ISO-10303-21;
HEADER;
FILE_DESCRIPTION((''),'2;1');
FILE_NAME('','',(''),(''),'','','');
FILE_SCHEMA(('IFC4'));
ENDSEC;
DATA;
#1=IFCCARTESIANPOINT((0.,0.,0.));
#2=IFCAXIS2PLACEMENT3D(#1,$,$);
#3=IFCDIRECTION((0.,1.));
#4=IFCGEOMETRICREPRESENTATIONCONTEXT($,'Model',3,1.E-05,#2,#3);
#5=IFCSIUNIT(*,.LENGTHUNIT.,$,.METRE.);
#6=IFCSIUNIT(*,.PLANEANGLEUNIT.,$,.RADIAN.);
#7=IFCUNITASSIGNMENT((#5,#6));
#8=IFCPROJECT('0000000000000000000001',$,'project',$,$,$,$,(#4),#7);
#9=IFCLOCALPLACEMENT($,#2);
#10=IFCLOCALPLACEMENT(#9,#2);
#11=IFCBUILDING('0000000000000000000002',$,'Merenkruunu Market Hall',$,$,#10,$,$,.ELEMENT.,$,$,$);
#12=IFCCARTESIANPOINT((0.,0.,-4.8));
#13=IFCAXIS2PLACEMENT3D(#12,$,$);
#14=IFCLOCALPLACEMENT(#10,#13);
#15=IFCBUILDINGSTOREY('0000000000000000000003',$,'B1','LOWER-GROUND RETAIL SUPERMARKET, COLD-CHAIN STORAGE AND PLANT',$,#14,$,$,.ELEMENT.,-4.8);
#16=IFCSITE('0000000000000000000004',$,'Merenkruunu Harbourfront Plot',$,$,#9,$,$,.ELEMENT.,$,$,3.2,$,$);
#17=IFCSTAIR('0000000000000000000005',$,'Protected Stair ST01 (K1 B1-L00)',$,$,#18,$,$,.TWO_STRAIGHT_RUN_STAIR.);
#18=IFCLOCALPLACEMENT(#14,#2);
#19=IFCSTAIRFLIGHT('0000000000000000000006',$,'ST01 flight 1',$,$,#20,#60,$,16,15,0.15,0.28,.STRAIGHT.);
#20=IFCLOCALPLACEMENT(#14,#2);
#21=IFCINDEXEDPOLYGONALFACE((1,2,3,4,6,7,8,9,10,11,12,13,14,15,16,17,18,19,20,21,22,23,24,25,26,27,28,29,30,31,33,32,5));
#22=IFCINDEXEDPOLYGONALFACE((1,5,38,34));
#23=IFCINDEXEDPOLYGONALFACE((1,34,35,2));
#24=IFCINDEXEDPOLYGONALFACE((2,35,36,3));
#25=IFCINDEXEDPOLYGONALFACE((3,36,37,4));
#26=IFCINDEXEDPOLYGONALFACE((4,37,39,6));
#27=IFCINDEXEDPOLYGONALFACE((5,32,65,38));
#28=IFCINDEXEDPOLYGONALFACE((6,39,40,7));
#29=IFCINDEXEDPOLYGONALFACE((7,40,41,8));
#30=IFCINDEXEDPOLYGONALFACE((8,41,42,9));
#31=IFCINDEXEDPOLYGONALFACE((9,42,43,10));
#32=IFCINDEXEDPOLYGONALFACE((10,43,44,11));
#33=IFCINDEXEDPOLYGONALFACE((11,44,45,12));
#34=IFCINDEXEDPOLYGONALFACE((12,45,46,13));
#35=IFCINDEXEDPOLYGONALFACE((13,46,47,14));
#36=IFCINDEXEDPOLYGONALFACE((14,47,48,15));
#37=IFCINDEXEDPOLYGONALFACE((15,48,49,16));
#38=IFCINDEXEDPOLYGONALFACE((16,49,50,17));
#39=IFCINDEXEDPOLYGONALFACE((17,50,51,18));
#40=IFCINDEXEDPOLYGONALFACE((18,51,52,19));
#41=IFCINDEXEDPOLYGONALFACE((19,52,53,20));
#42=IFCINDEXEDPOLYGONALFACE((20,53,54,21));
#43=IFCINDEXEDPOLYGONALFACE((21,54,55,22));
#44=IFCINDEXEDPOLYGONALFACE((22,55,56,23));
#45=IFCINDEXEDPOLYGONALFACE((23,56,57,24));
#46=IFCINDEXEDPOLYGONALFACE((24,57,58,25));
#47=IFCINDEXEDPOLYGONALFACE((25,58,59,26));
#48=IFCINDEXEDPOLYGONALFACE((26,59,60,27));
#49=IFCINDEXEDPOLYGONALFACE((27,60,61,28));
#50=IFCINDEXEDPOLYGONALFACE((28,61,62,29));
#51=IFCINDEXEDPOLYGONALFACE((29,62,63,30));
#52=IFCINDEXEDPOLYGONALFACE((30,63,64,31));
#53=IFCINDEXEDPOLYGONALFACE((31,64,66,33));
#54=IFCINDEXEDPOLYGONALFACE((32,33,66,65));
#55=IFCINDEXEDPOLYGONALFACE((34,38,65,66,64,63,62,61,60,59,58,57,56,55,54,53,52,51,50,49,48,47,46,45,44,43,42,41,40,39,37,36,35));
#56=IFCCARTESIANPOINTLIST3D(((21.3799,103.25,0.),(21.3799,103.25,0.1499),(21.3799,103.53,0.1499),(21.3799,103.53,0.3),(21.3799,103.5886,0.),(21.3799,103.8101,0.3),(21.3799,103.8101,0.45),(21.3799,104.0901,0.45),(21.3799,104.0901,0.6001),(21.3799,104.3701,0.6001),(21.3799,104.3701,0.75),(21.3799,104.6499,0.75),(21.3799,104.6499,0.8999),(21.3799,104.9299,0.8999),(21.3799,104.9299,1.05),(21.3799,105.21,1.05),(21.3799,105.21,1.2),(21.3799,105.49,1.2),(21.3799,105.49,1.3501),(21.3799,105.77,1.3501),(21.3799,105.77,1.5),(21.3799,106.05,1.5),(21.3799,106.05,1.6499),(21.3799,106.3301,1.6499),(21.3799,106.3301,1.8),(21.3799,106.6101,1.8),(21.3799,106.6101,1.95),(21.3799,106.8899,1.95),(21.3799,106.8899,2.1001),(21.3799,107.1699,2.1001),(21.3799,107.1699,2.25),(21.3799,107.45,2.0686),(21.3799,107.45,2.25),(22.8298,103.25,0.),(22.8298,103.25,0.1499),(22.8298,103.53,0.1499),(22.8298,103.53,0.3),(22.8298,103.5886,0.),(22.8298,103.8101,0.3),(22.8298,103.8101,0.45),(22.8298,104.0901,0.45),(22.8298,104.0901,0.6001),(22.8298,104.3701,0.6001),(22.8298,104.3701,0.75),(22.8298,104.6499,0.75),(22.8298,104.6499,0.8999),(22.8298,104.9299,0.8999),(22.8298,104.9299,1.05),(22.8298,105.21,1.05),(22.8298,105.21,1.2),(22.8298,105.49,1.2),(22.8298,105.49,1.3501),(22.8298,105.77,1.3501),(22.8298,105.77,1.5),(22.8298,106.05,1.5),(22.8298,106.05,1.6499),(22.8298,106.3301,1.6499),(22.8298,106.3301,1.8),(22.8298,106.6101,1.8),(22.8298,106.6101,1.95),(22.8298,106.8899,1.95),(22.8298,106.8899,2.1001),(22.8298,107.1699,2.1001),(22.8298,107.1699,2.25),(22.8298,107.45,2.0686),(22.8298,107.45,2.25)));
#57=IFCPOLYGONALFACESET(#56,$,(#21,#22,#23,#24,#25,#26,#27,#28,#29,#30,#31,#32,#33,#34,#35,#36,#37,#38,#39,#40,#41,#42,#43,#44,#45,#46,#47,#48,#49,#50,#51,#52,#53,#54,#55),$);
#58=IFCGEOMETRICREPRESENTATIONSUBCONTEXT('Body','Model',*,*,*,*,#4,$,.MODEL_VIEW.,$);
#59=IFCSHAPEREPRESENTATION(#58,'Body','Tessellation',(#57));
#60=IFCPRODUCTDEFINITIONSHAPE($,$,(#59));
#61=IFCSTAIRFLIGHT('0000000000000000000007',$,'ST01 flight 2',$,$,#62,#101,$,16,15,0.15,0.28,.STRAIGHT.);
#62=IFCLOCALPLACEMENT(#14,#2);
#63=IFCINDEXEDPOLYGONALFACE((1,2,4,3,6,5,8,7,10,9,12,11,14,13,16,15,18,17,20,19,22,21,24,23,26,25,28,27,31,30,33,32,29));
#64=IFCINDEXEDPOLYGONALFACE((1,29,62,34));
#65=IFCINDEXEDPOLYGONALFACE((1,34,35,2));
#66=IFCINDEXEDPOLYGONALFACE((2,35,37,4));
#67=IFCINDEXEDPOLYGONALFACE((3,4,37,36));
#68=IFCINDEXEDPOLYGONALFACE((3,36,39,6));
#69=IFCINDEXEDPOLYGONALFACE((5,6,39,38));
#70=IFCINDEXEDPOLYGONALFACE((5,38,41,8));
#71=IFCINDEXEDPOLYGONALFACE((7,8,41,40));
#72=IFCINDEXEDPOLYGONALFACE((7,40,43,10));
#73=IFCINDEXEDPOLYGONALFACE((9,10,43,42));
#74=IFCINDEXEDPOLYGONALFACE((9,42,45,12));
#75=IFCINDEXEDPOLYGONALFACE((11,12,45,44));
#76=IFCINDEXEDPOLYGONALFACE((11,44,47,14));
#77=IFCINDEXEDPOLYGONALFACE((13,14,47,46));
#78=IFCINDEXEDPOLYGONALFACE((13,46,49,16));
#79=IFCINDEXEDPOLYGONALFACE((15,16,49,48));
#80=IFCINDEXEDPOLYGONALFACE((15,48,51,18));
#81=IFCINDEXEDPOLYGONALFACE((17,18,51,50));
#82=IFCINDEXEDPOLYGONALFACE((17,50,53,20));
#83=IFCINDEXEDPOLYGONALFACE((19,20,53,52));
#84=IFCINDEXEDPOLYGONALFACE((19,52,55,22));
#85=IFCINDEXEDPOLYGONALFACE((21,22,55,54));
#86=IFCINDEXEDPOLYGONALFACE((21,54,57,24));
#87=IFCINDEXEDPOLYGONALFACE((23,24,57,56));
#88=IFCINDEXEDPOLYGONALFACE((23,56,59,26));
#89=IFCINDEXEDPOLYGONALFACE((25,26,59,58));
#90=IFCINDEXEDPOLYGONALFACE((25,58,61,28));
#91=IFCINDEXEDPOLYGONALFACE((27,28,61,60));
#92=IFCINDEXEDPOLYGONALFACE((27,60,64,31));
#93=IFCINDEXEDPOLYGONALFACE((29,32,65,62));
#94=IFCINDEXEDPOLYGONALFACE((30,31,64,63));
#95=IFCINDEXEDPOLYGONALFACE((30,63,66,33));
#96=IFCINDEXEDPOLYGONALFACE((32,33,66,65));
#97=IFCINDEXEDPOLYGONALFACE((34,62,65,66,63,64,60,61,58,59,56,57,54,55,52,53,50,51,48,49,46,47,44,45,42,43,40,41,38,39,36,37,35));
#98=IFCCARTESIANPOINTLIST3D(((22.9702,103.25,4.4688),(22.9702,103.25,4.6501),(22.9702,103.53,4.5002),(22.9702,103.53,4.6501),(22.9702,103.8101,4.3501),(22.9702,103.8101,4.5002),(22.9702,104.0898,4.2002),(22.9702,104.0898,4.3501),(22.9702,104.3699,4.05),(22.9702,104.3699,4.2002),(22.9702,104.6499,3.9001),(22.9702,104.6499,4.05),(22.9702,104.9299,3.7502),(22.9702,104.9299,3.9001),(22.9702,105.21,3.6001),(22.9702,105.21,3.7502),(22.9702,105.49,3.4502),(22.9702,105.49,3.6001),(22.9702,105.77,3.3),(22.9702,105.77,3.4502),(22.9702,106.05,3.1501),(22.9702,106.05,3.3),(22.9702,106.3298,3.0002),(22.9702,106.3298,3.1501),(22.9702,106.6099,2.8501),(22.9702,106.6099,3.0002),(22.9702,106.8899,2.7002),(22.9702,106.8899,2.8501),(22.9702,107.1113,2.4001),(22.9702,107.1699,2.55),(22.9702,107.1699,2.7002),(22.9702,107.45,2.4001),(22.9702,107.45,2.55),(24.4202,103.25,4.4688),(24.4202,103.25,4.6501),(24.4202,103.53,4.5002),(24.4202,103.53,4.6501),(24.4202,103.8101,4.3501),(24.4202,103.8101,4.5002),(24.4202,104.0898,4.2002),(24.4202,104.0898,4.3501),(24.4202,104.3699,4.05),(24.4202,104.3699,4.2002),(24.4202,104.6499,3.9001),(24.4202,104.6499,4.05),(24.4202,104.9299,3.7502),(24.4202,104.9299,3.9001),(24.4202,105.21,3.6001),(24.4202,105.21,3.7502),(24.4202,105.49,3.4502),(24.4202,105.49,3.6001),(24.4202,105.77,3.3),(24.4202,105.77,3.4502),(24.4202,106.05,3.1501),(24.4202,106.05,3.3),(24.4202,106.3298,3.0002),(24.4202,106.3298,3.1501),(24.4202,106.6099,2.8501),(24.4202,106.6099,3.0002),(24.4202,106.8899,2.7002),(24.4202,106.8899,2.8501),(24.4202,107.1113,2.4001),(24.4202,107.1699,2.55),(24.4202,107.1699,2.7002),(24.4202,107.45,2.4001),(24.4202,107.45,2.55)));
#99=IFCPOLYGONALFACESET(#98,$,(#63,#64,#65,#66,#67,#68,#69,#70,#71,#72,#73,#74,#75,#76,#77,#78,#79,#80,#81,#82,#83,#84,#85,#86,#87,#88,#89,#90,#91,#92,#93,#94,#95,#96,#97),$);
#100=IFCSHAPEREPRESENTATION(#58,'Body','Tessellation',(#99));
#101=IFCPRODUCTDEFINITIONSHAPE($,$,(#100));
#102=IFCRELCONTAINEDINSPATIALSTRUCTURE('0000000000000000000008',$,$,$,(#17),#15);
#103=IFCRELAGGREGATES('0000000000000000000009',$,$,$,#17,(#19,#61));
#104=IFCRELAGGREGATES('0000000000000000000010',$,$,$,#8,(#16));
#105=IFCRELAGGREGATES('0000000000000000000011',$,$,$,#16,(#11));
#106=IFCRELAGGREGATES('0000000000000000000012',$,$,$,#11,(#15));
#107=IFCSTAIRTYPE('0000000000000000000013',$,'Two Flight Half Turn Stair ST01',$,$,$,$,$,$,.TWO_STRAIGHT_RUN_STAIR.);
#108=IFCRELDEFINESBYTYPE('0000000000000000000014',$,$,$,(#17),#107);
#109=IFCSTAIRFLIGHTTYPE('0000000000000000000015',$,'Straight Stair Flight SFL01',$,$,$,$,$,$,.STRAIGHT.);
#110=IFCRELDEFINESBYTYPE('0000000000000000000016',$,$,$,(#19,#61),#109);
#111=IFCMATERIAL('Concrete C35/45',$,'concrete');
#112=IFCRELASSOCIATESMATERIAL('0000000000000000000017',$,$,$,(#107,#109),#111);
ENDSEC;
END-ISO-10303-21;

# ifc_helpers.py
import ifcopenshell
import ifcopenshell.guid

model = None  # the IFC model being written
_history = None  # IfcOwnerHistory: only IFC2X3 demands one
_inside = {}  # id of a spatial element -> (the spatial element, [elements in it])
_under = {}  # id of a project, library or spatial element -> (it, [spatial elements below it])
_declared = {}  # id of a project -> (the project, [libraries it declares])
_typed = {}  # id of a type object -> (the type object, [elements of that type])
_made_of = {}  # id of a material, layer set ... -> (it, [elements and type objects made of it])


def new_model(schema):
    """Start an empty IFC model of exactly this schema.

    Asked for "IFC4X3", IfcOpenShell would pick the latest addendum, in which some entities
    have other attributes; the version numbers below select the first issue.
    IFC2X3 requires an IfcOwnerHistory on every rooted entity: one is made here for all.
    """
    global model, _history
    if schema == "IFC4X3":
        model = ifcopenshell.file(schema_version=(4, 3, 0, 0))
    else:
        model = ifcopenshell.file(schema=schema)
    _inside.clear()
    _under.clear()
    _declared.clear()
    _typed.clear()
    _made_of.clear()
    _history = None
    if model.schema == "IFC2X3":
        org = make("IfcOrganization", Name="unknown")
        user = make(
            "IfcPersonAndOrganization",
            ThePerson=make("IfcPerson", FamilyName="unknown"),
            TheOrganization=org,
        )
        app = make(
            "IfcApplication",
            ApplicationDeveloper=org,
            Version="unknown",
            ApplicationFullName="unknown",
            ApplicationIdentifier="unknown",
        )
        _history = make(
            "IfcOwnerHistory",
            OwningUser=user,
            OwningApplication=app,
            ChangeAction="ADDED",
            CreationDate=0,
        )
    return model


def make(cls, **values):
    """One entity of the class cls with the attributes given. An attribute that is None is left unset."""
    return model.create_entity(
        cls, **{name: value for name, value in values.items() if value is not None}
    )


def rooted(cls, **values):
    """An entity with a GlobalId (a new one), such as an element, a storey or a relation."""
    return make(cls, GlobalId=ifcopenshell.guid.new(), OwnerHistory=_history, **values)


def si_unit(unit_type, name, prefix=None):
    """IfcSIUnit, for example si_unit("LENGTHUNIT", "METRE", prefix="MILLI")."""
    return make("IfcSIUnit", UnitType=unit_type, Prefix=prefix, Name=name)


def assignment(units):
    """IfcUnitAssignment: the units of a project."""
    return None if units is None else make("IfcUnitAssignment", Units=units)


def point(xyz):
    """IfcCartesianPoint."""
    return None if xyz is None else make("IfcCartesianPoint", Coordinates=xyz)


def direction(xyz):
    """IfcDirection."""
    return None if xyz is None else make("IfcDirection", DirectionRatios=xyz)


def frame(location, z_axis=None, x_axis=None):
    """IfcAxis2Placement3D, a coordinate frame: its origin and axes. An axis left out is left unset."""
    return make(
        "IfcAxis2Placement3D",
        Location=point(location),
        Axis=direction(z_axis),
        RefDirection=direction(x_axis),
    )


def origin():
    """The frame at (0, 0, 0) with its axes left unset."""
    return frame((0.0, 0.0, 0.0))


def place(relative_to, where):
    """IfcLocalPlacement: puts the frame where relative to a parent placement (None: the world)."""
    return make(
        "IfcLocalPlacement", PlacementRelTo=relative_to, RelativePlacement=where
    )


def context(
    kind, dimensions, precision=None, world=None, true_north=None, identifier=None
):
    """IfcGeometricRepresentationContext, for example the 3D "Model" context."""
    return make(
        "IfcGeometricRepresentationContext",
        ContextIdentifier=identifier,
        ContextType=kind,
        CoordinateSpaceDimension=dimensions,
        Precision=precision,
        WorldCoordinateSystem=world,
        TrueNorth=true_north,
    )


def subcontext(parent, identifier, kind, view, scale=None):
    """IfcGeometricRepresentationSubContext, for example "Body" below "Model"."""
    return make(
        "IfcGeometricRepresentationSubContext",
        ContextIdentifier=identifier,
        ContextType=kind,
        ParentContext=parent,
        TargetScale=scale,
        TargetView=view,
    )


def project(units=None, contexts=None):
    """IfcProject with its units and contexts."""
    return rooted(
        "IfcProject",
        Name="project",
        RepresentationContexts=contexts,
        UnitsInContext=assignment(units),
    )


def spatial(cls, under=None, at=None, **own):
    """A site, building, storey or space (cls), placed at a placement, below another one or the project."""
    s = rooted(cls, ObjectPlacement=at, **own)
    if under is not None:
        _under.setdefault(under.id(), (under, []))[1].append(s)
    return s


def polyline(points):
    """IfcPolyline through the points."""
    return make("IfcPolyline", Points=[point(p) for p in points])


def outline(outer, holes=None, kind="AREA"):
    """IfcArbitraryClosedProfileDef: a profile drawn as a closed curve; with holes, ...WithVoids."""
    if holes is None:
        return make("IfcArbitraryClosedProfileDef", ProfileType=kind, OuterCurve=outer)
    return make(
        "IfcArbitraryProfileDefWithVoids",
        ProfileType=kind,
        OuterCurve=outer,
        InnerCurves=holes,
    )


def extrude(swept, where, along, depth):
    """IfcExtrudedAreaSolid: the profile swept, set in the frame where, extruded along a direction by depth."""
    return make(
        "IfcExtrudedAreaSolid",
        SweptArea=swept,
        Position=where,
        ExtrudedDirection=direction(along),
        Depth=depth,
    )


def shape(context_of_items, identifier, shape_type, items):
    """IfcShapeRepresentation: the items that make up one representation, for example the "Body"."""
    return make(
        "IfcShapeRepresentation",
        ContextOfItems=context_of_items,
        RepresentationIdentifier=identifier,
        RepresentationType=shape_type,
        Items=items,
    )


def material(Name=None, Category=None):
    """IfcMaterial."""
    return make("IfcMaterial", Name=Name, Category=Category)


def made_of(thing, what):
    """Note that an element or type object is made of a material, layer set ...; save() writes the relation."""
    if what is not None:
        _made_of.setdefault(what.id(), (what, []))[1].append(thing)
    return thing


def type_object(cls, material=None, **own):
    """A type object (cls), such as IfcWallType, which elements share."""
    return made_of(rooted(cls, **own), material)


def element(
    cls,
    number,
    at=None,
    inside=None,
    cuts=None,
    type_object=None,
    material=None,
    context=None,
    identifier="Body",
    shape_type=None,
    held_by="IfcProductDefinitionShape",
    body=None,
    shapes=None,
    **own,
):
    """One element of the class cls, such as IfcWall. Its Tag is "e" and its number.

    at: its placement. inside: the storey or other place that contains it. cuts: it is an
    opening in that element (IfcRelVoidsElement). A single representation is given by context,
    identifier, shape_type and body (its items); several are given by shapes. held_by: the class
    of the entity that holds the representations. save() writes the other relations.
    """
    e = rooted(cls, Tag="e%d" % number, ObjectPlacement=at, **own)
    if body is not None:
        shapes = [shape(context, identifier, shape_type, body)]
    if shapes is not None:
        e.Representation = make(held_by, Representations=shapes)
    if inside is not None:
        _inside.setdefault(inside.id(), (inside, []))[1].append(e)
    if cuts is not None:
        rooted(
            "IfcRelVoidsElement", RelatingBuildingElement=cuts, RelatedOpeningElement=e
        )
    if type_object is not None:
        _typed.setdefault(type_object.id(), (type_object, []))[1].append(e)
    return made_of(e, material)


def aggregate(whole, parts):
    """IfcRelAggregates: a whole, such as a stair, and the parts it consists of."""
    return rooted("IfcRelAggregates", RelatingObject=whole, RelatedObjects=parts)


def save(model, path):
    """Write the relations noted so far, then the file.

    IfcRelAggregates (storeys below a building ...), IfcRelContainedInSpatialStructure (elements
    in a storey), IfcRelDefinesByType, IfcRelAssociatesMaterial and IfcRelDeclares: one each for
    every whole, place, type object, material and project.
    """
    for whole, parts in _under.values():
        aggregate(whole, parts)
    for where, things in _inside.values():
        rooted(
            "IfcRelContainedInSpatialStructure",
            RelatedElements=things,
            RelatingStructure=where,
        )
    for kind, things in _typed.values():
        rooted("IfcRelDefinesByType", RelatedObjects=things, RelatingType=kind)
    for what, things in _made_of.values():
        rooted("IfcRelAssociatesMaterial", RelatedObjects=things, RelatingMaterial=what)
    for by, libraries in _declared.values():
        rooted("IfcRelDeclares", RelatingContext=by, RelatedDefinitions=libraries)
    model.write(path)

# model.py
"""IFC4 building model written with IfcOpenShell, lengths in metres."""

from ifc_helpers import new_model, si_unit, direction, frame, origin, place, context, subcontext, project, spatial, polyline, outline, extrude, material, type_object, element, aggregate, save


model = new_model("IFC4")

# Units and contexts
model_context = context("Model", 3, precision=1e-05, world=origin(), true_north=direction((0.0, 1.0)))
body_context = subcontext(model_context, "Body", "Model", "MODEL_VIEW")
ifc_project = project(units=[si_unit("LENGTHUNIT", "METRE"), si_unit("PLANEANGLEUNIT", "RADIAN")], contexts=[model_context])

# Site, building, storey
site_placement = place(None, origin())
site = spatial("IfcSite", under=ifc_project, at=site_placement, Name="Merenkruunu Harbourfront Plot", CompositionType="ELEMENT", RefElevation=3.2)
building_placement = place(site_placement, origin())
building = spatial("IfcBuilding", under=site, at=building_placement, Name="Merenkruunu Market Hall", CompositionType="ELEMENT")
storey_placement = place(building_placement, frame((0.0, 0.0, -4.8)))
storey = spatial("IfcBuildingStorey", under=building, at=storey_placement, Name="B1", Description="LOWER-GROUND RETAIL SUPERMARKET, COLD-CHAIN STORAGE AND PLANT", CompositionType="ELEMENT", Elevation=-4.8)

# Shared definitions
ifc_material_1 = material(Name="Concrete C35/45", Category="concrete")

# Stair, stair flights
stair_type = type_object("IfcStairType", Name="Two Flight Half Turn Stair ST01", PredefinedType="TWO_STRAIGHT_RUN_STAIR", material=ifc_material_1)
stair_placement = place(storey_placement, origin())
stair = element("IfcStair", 1, at=stair_placement, inside=storey, type_object=stair_type, Name="Protected Stair ST01 (K1 B1-L00)", PredefinedType="TWO_STRAIGHT_RUN_STAIR")
stair_flight_type = type_object("IfcStairFlightType", Name="Straight Stair Flight SFL01", PredefinedType="STRAIGHT", material=ifc_material_1)
stair_flight_1_placement = place(storey_placement, frame((22.105, 103.25, 0.0), z_axis=(0.0, 0.0, 1.0), x_axis=(0.0, 1.0, 0.0)))
stair_flight_1 = element("IfcStairFlight", 2, at=stair_flight_1_placement, type_object=stair_flight_type, Name="ST01 flight 1", NumberOfRisers=16, NumberOfTreads=15, PredefinedType="STRAIGHT", RiserHeight=0.15, TreadLength=0.28, context=body_context, shape_type="SweptSolid", body=[
    extrude(outline(polyline([(0.0, 0.0), (0.0, 0.1499), (0.28, 0.1499), (0.28, 0.3), (0.5601, 0.3), (0.5601, 0.45), (0.8401, 0.45), (0.8401, 0.6001), (1.1201, 0.6001), (1.1201, 0.75), (1.3999, 0.75), (1.3999, 0.8999), (1.6799, 0.8999), (1.6799, 1.05), (1.96, 1.05), (1.96, 1.2), (2.24, 1.2), (2.24, 1.3501), (2.52, 1.3501), (2.52, 1.5), (2.8, 1.5), (2.8, 1.6499), (3.0801, 1.6499), (3.0801, 1.8), (3.3601, 1.8), (3.3601, 1.95), (3.6399, 1.95), (3.6399, 2.1001), (3.9199, 2.1001), (3.9199, 2.25), (4.2, 2.25), (4.2, 2.3999), (4.2, 2.0686), (0.3386, 0.0), (0.0, 0.0)])), frame((0.0, 0.7251, 0.0), z_axis=(0.0, -1.0, 0.0), x_axis=(1.0, 0.0, 0.0)), (0.0, 0.0, 1.0), 1.45),
])
stair_flight_2_placement = place(storey_placement, frame((23.6951, 107.45, 2.4001), z_axis=(0.0, 0.0, 1.0), x_axis=(0.0, -1.0, 0.0)))
stair_flight_2 = element("IfcStairFlight", 3, at=stair_flight_2_placement, type_object=stair_flight_type, Name="ST01 flight 2", NumberOfRisers=16, NumberOfTreads=15, PredefinedType="STRAIGHT", RiserHeight=0.15, TreadLength=0.28, context=body_context, shape_type="SweptSolid", body=[
    extrude(outline(polyline([(0.0, 0.0), (0.0, 0.1499), (0.28, 0.1499), (0.28, 0.3), (0.5601, 0.3), (0.5601, 0.45), (0.8401, 0.45), (0.8401, 0.6001), (1.1201, 0.6001), (1.1201, 0.75), (1.3999, 0.75), (1.3999, 0.8999), (1.6799, 0.8999), (1.6799, 1.05), (1.96, 1.05), (1.96, 1.2), (2.24, 1.2), (2.24, 1.3501), (2.52, 1.3501), (2.52, 1.5), (2.8, 1.5), (2.8, 1.6499), (3.0801, 1.6499), (3.0801, 1.8), (3.3601, 1.8), (3.3601, 1.95), (3.6399, 1.95), (3.6399, 2.1001), (3.9199, 2.1001), (3.9199, 2.25), (4.2, 2.25), (4.2, 2.3999), (4.2, 2.0686), (0.3386, 0.0), (0.0, 0.0)])), frame((0.0, 0.7251, 0.0), z_axis=(0.0, -1.0, 0.0), x_axis=(1.0, 0.0, 0.0)), (0.0, 0.0, 1.0), 1.45),
])
aggregate(stair, [stair_flight_1, stair_flight_2])

save(model, "model.ifc")
